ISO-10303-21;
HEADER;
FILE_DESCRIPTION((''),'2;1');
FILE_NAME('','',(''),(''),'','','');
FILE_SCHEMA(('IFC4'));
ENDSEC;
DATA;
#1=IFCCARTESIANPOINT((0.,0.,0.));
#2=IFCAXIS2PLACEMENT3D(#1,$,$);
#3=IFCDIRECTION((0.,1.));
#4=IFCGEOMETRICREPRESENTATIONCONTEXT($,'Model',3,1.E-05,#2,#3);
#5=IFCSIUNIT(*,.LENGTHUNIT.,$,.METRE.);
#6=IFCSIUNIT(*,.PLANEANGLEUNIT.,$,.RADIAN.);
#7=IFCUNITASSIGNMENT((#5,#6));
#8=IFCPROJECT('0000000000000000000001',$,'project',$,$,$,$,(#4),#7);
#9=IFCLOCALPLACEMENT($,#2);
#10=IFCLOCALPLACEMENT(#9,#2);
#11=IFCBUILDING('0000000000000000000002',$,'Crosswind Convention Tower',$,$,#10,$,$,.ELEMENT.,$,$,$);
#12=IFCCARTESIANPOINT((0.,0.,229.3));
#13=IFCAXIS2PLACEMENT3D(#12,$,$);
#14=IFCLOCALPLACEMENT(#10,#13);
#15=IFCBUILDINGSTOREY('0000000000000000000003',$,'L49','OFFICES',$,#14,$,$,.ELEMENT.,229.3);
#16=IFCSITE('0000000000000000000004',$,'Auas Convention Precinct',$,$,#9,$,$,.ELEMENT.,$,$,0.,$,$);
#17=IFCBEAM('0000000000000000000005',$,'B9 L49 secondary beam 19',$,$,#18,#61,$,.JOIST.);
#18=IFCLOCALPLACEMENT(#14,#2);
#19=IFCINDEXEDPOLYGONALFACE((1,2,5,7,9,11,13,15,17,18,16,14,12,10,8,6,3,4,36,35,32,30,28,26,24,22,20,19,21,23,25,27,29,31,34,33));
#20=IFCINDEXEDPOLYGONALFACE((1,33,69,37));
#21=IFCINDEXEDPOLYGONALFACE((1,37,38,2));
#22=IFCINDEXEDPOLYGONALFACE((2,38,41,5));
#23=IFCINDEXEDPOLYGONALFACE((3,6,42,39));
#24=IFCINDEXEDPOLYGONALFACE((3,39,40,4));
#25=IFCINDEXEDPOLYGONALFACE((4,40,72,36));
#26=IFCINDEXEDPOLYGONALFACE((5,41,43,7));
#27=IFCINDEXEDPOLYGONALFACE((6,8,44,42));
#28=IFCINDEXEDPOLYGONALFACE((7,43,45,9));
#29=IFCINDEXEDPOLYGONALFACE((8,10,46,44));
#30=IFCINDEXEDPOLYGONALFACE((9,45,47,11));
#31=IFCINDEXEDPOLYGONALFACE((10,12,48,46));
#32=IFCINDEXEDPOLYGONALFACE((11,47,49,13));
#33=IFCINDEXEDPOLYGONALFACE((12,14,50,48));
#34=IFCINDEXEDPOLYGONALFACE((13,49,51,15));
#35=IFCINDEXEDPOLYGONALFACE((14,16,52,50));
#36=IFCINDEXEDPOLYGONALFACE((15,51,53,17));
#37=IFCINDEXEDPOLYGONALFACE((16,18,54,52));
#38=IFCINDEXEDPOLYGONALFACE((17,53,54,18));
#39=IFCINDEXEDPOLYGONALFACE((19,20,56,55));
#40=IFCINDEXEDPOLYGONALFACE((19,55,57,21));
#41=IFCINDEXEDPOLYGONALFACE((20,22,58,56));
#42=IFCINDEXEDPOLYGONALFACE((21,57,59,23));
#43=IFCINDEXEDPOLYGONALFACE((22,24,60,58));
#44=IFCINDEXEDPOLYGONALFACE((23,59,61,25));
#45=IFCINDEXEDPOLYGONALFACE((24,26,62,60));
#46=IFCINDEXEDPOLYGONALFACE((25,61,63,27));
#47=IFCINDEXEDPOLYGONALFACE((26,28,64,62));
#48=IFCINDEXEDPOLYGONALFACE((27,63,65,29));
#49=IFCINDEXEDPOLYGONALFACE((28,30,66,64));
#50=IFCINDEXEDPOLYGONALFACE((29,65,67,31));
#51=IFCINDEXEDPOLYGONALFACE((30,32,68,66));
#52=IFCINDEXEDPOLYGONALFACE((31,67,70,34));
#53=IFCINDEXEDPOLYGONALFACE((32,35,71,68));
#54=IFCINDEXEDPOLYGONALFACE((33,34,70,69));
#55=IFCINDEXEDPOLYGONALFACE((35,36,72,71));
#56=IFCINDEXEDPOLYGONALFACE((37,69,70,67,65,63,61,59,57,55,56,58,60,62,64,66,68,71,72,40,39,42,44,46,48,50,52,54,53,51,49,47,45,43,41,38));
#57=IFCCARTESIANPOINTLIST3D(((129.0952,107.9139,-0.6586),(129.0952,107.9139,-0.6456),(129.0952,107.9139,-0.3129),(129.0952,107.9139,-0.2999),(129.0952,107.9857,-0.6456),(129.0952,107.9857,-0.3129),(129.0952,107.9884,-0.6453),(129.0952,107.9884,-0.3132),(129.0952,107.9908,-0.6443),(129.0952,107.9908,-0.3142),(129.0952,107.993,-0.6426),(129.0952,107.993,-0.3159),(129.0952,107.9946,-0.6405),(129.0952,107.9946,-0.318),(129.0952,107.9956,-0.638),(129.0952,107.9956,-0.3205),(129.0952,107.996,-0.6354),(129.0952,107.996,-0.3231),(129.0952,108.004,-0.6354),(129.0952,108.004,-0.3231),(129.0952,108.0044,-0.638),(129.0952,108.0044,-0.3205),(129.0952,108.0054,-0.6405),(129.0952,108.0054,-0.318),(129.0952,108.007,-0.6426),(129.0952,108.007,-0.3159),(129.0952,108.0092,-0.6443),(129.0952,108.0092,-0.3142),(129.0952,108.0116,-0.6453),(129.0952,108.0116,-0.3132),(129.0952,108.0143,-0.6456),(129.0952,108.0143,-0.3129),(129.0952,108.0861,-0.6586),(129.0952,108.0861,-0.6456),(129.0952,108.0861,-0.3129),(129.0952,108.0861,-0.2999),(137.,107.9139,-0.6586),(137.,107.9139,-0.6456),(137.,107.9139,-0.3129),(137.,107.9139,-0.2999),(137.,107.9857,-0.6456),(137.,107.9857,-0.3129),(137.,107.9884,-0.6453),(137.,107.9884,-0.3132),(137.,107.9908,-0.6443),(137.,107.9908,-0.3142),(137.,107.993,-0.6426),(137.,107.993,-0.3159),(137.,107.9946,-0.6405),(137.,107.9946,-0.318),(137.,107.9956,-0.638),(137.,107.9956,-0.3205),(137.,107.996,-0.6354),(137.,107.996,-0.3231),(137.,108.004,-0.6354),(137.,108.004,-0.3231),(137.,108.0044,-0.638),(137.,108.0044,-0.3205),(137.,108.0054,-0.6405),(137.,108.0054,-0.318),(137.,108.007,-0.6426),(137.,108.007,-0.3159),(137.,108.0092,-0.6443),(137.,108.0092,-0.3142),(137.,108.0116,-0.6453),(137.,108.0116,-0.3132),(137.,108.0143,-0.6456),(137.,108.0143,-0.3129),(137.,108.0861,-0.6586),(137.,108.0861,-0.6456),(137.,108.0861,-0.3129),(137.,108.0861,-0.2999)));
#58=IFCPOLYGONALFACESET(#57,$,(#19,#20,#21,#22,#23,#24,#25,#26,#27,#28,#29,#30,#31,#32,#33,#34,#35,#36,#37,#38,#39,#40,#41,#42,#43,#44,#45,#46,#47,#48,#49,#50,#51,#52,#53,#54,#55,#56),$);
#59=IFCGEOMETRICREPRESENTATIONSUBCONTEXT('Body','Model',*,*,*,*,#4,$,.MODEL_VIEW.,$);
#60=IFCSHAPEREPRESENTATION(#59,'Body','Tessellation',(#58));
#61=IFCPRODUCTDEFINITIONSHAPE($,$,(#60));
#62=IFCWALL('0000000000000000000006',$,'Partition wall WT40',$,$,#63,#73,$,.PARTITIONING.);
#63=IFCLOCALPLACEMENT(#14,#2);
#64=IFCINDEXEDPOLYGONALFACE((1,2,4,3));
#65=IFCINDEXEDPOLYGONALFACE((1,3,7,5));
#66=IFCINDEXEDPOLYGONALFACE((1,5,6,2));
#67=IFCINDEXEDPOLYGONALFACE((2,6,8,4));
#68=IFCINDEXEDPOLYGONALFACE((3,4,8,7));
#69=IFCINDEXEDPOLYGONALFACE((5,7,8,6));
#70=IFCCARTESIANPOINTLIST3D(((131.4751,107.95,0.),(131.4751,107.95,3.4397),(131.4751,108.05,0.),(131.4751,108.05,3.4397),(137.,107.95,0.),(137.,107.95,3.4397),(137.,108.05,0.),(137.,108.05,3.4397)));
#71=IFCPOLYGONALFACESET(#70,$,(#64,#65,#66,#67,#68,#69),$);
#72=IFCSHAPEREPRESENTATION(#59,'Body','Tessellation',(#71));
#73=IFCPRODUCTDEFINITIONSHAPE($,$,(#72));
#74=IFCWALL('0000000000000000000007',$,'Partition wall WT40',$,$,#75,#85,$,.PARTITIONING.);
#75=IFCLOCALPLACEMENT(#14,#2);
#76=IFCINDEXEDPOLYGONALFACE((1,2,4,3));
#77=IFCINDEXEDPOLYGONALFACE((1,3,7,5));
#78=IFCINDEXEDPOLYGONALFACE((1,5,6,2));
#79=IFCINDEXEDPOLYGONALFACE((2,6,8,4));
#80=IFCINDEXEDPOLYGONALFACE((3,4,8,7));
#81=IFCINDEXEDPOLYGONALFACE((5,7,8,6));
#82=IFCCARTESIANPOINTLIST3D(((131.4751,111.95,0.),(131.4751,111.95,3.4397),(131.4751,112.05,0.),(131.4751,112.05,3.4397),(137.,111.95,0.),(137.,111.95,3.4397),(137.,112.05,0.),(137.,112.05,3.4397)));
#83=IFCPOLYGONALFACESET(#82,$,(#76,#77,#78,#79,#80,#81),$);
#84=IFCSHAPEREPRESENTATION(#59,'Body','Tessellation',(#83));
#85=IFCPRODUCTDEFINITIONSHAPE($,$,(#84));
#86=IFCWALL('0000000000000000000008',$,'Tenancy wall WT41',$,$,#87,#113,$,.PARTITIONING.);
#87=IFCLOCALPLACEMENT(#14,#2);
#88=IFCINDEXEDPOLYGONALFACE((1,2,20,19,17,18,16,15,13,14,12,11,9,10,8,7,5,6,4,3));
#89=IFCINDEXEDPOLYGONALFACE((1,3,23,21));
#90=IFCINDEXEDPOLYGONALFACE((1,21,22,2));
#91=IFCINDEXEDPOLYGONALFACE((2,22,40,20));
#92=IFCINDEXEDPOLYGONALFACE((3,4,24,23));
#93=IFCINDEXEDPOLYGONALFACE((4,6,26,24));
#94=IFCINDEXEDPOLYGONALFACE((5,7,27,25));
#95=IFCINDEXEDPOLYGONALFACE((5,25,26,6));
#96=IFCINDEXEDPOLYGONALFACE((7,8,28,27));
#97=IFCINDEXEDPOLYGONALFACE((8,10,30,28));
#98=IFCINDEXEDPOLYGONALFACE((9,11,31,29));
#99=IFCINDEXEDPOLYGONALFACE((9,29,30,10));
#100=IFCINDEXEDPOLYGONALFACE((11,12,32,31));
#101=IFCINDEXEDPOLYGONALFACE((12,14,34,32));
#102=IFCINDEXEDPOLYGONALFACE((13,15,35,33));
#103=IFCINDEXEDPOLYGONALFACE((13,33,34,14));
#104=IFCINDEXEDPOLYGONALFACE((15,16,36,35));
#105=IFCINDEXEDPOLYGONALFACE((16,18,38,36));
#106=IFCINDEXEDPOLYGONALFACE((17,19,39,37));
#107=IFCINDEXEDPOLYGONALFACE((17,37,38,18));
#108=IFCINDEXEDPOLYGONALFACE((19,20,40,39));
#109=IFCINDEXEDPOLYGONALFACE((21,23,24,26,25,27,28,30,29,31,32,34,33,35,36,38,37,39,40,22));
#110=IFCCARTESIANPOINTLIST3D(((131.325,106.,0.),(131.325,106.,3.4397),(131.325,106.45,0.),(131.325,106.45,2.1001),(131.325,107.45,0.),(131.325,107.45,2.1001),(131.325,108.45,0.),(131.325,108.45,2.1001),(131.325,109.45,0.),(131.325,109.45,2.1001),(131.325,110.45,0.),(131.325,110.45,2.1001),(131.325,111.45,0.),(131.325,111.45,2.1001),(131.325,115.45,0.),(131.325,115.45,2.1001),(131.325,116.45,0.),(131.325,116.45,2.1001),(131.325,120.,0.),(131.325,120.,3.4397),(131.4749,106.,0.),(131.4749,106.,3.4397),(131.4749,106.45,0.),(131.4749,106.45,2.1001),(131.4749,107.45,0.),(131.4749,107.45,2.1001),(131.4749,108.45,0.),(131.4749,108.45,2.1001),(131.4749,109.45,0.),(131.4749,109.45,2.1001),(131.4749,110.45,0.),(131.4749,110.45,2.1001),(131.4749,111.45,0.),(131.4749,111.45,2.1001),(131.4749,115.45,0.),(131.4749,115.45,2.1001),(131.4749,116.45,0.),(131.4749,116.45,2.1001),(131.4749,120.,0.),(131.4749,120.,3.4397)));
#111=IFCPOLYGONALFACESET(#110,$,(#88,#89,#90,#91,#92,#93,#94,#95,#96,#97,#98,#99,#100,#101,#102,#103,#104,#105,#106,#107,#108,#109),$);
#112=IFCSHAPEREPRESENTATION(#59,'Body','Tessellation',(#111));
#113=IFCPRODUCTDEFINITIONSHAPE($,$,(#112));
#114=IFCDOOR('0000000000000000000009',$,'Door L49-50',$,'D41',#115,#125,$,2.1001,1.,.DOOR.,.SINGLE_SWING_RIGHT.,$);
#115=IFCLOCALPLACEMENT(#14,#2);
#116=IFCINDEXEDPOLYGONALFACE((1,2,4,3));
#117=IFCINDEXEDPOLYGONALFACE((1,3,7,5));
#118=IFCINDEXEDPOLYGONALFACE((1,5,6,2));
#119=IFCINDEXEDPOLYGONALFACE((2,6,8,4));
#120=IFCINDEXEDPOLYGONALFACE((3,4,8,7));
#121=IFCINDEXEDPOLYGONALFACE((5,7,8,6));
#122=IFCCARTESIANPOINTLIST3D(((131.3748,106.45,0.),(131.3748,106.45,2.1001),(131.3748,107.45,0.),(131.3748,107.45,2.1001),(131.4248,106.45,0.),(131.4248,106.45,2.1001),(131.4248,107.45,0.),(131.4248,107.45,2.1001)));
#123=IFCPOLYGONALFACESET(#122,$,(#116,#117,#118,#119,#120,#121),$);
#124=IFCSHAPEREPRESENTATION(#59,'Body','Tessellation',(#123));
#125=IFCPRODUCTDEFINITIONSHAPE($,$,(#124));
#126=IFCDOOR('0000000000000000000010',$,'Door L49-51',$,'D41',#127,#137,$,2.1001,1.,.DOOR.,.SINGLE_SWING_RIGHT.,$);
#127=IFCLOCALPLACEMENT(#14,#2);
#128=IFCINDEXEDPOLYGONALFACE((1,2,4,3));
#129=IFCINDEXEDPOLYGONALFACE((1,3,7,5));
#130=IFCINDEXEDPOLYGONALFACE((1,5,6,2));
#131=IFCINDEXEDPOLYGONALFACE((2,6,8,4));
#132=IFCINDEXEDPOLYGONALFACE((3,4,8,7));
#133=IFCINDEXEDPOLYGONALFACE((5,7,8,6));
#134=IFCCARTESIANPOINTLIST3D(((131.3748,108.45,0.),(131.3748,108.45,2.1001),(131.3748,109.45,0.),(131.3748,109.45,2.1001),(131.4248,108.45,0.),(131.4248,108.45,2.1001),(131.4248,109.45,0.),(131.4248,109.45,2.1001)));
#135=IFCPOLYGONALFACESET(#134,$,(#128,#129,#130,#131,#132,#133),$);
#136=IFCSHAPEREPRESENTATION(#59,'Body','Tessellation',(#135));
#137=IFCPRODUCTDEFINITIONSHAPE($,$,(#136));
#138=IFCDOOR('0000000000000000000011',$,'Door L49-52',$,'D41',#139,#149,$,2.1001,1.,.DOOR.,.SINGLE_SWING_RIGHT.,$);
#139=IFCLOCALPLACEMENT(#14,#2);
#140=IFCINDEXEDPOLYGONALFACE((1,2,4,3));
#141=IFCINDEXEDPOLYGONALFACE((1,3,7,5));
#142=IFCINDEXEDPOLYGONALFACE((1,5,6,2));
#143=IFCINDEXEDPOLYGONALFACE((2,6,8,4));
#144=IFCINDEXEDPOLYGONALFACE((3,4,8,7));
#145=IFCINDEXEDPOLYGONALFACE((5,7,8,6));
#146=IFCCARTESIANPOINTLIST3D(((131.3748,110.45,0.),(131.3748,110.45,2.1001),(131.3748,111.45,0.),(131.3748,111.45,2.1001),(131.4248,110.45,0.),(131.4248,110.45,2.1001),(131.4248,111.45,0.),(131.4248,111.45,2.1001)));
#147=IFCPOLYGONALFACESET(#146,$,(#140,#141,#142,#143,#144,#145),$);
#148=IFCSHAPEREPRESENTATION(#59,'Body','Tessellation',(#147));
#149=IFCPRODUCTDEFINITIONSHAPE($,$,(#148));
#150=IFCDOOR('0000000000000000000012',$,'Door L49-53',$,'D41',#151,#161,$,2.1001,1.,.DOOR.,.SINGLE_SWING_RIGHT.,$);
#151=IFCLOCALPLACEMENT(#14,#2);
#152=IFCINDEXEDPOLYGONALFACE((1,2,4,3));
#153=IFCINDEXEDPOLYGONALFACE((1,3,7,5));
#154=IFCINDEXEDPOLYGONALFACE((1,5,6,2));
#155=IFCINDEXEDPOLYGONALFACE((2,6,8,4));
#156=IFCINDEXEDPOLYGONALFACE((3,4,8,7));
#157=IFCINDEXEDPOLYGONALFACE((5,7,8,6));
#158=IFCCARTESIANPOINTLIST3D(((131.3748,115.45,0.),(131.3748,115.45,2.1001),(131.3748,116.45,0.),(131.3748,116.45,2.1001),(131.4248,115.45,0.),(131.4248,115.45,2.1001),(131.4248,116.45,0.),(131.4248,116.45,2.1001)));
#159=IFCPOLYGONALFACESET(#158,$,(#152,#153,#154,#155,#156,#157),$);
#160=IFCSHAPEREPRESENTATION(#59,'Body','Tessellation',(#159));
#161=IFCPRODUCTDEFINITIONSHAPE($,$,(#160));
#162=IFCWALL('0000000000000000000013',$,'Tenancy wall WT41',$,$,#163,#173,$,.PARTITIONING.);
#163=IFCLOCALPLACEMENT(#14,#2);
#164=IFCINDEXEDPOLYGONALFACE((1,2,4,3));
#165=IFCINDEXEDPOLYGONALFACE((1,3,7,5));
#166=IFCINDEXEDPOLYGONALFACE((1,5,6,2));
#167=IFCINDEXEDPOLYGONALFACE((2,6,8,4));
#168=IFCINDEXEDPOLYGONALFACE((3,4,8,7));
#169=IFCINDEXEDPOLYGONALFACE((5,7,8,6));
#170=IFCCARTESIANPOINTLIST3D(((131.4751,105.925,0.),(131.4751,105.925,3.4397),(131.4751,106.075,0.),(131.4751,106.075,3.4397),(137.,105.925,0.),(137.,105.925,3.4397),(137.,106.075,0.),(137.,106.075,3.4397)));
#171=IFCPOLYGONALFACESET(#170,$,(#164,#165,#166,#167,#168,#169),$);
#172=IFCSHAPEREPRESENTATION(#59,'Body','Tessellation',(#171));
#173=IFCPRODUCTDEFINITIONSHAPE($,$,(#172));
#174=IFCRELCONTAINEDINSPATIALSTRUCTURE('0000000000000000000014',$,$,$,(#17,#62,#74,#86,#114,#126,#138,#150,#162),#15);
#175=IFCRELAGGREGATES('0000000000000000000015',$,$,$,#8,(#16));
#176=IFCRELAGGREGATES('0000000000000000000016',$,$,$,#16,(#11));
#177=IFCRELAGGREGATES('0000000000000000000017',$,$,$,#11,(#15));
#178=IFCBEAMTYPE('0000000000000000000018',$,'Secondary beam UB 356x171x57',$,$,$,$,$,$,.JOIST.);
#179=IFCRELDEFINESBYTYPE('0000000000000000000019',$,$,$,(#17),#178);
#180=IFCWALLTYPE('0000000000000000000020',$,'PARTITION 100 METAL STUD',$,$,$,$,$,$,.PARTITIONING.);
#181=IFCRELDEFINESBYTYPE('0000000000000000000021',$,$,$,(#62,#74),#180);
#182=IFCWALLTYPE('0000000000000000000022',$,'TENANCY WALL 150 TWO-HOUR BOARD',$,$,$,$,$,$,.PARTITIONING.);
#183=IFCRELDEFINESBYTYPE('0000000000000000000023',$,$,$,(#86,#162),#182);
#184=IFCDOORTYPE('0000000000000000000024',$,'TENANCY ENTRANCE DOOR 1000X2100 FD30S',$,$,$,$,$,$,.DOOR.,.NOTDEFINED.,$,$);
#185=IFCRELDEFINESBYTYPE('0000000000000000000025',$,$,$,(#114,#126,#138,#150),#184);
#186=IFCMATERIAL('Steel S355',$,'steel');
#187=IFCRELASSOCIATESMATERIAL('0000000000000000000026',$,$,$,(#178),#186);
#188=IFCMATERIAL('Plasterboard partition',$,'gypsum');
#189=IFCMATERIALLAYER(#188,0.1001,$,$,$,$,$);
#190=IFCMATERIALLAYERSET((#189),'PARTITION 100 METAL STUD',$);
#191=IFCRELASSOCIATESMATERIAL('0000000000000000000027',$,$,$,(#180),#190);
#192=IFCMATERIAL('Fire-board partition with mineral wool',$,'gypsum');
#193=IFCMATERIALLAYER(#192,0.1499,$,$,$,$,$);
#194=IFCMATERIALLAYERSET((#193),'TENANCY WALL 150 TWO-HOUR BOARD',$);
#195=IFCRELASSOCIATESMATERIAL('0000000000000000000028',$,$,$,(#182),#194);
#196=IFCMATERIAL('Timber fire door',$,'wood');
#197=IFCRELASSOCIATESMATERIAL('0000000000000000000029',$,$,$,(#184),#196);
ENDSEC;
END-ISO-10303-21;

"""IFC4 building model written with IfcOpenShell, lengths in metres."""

from ifc_helpers import new_model, si_unit, direction, frame, frame_2d, origin, origin_2d, place, context, subcontext, project, spatial, rectangle, i_section, extrude, material, layer, layer_set, material_profile, profile_set, type_object, element, fill, save


model = new_model("IFC4")

# Units and contexts
model_context = context("Model", 3, precision=1e-05, world=origin(), true_north=direction((0.0, 1.0)))
body_context = subcontext(model_context, "Body", "Model", "MODEL_VIEW")
ifc_project = project(units=[si_unit("LENGTHUNIT", "METRE"), si_unit("PLANEANGLEUNIT", "RADIAN")], contexts=[model_context])

# Site, building, storey
site_placement = place(None, origin())
site = spatial("IfcSite", under=ifc_project, at=site_placement, Name="Auas Convention Precinct", CompositionType="ELEMENT", RefElevation=0.0)
building_placement = place(site_placement, origin())
building = spatial("IfcBuilding", under=site, at=building_placement, Name="Crosswind Convention Tower", CompositionType="ELEMENT")
storey_placement = place(building_placement, frame((0.0, 0.0, 229.3)))
storey = spatial("IfcBuildingStorey", under=building, at=storey_placement, Name="L49", Description="OFFICES", CompositionType="ELEMENT", Elevation=229.3)

# Beam
ifc_material_1 = material(Name="Steel S355", Category="steel")
ifc_material_profile_1 = material_profile(ifc_material_1, i_section(OverallWidth=0.1721, OverallDepth=0.3586, WebThickness=0.0081, FlangeThickness=0.0129, FilletRadius=0.0103, at=origin_2d()), Name="UB 356x171x57")
ifc_profile_set_1 = profile_set([ifc_material_profile_1], Name="Steel S355")
beam_type_1 = type_object("IfcBeamType", Name="Secondary beam UB 356x171x57", PredefinedType="JOIST", material=ifc_profile_set_1)
beam_1_placement = place(storey_placement, frame((129.0952, 108.0, -0.4792), z_axis=(1.0, 0.0, 0.0), x_axis=(0.0, 1.0, 0.0)))
element("IfcBeam", 1, at=beam_1_placement, inside=storey, type_object=beam_type_1, Name="B9 L49 secondary beam 19", PredefinedType="JOIST", context=body_context, shape_type="SweptSolid", body=[
    extrude(i_section(OverallWidth=0.1721, OverallDepth=0.3586, WebThickness=0.0081, FlangeThickness=0.0129, FilletRadius=0.0103, at=origin_2d()), origin(), (0.0, 0.0, 1.0), 7.9048),
])

# Walls
ifc_material_2 = material(Name="Plasterboard partition", Category="gypsum")
ifc_layer_1 = layer(ifc_material_2, 0.1001)
ifc_layer_set_1 = layer_set([ifc_layer_1], Name="PARTITION 100 METAL STUD")
wall_type_1 = type_object("IfcWallType", Name="PARTITION 100 METAL STUD", PredefinedType="PARTITIONING", material=ifc_layer_set_1)
for number, where, z_axis, x_axis, name in (
    (2, (131.4751, 108.0, 0.0), (0.0, 0.0, 1.0), (1.0, 0.0, 0.0), "Partition wall WT40"),
    (3, (131.4751, 112.0, 0.0), (0.0, 0.0, 1.0), (1.0, 0.0, 0.0), "Partition wall WT40"),
):
    element("IfcWall", number, at=place(storey_placement, frame(where, z_axis=z_axis, x_axis=x_axis)), inside=storey, type_object=wall_type_1, Name=name, PredefinedType="PARTITIONING", context=body_context, shape_type="SweptSolid", body=[
        extrude(rectangle(XDim=5.5249, YDim=0.1001, at=frame_2d((2.7625, 0.0))), origin(), (0.0, 0.0, 1.0), 3.4397),
    ])

# Wall, openings, doors
ifc_material_3 = material(Name="Fire-board partition with mineral wool", Category="gypsum")
ifc_layer_2 = layer(ifc_material_3, 0.1499)
ifc_layer_set_2 = layer_set([ifc_layer_2], Name="TENANCY WALL 150 TWO-HOUR BOARD")
wall_type_2 = type_object("IfcWallType", Name="TENANCY WALL 150 TWO-HOUR BOARD", PredefinedType="PARTITIONING", material=ifc_layer_set_2)
wall_1_placement = place(storey_placement, frame((131.3999, 106.0, 0.0), z_axis=(0.0, 0.0, 1.0), x_axis=(0.0, 1.0, 0.0)))
wall_1 = element("IfcWall", 4, at=wall_1_placement, inside=storey, type_object=wall_type_2, Name="Tenancy wall WT41", PredefinedType="PARTITIONING", context=body_context, shape_type="SweptSolid", body=[
    extrude(rectangle(XDim=14.0, YDim=0.1499, at=frame_2d((7.0, 0.0))), origin(), (0.0, 0.0, 1.0), 3.4397),
])
opening_1_placement = place(wall_1_placement, frame((0.45, 0.0, 0.0)))
opening_1 = element("IfcOpeningElement", 5, at=opening_1_placement, cuts=wall_1, PredefinedType="OPENING", context=body_context, shape_type="SweptSolid", body=[
    extrude(rectangle(XDim=1.0, YDim=2.1001, at=frame_2d((0.5, 1.05))), frame((0.0, 0.085, 0.0), z_axis=(0.0, -1.0, 0.0), x_axis=(1.0, 0.0, 0.0)), (0.0, 0.0, 1.0), 0.1699),
])
opening_2_placement = place(wall_1_placement, frame((2.45, 0.0, 0.0)))
opening_2 = element("IfcOpeningElement", 6, at=opening_2_placement, cuts=wall_1, PredefinedType="OPENING", context=body_context, shape_type="SweptSolid", body=[
    extrude(rectangle(XDim=1.0, YDim=2.1001, at=frame_2d((0.5, 1.05))), frame((0.0, 0.085, 0.0), z_axis=(0.0, -1.0, 0.0), x_axis=(1.0, 0.0, 0.0)), (0.0, 0.0, 1.0), 0.1699),
])
opening_3_placement = place(wall_1_placement, frame((4.45, 0.0, 0.0)))
opening_3 = element("IfcOpeningElement", 7, at=opening_3_placement, cuts=wall_1, PredefinedType="OPENING", context=body_context, shape_type="SweptSolid", body=[
    extrude(rectangle(XDim=1.0, YDim=2.1001, at=frame_2d((0.5, 1.05))), frame((0.0, 0.085, 0.0), z_axis=(0.0, -1.0, 0.0), x_axis=(1.0, 0.0, 0.0)), (0.0, 0.0, 1.0), 0.1699),
])
opening_4_placement = place(wall_1_placement, frame((9.45, 0.0, 0.0)))
opening_4 = element("IfcOpeningElement", 8, at=opening_4_placement, cuts=wall_1, PredefinedType="OPENING", context=body_context, shape_type="SweptSolid", body=[
    extrude(rectangle(XDim=1.0, YDim=2.1001, at=frame_2d((0.5, 1.05))), frame((0.0, 0.085, 0.0), z_axis=(0.0, -1.0, 0.0), x_axis=(1.0, 0.0, 0.0)), (0.0, 0.0, 1.0), 0.1699),
])
ifc_material_4 = material(Name="Timber fire door", Category="wood")
door_type = type_object("IfcDoorType", Name="TENANCY ENTRANCE DOOR 1000X2100 FD30S", OperationType="NOTDEFINED", PredefinedType="DOOR", material=ifc_material_4)
door_1_placement = place(opening_1_placement, frame((1.0, 0.0, 0.0), z_axis=(0.0, 0.0, 1.0), x_axis=(-1.0, 0.0, 0.0)))
door_1 = element("IfcDoor", 9, at=door_1_placement, inside=storey, type_object=door_type, Name="Door L49-50", ObjectType="D41", OperationType="SINGLE_SWING_RIGHT", OverallHeight=2.1001, OverallWidth=1.0, PredefinedType="DOOR", context=body_context, shape_type="SweptSolid", body=[
    extrude(rectangle(XDim=1.0, YDim=2.1001, at=frame_2d((0.5, 1.05))), frame((0.0, 0.0249, 0.0), z_axis=(0.0, -1.0, 0.0), x_axis=(1.0, 0.0, 0.0)), (0.0, 0.0, 1.0), 0.05),
])
fill(opening_1, door_1)
door_2_placement = place(opening_2_placement, frame((1.0, 0.0, 0.0), z_axis=(0.0, 0.0, 1.0), x_axis=(-1.0, 0.0, 0.0)))
door_2 = element("IfcDoor", 10, at=door_2_placement, inside=storey, type_object=door_type, Name="Door L49-51", ObjectType="D41", OperationType="SINGLE_SWING_RIGHT", OverallHeight=2.1001, OverallWidth=1.0, PredefinedType="DOOR", context=body_context, shape_type="SweptSolid", body=[
    extrude(rectangle(XDim=1.0, YDim=2.1001, at=frame_2d((0.5, 1.05))), frame((0.0, 0.0249, 0.0), z_axis=(0.0, -1.0, 0.0), x_axis=(1.0, 0.0, 0.0)), (0.0, 0.0, 1.0), 0.05),
])
fill(opening_2, door_2)
door_3_placement = place(opening_3_placement, frame((1.0, 0.0, 0.0), z_axis=(0.0, 0.0, 1.0), x_axis=(-1.0, 0.0, 0.0)))
door_3 = element("IfcDoor", 11, at=door_3_placement, inside=storey, type_object=door_type, Name="Door L49-52", ObjectType="D41", OperationType="SINGLE_SWING_RIGHT", OverallHeight=2.1001, OverallWidth=1.0, PredefinedType="DOOR", context=body_context, shape_type="SweptSolid", body=[
    extrude(rectangle(XDim=1.0, YDim=2.1001, at=frame_2d((0.5, 1.05))), frame((0.0, 0.0249, 0.0), z_axis=(0.0, -1.0, 0.0), x_axis=(1.0, 0.0, 0.0)), (0.0, 0.0, 1.0), 0.05),
])
fill(opening_3, door_3)
door_4_placement = place(opening_4_placement, frame((1.0, 0.0, 0.0), z_axis=(0.0, 0.0, 1.0), x_axis=(-1.0, 0.0, 0.0)))
door_4 = element("IfcDoor", 12, at=door_4_placement, inside=storey, type_object=door_type, Name="Door L49-53", ObjectType="D41", OperationType="SINGLE_SWING_RIGHT", OverallHeight=2.1001, OverallWidth=1.0, PredefinedType="DOOR", context=body_context, shape_type="SweptSolid", body=[
    extrude(rectangle(XDim=1.0, YDim=2.1001, at=frame_2d((0.5, 1.05))), frame((0.0, 0.0249, 0.0), z_axis=(0.0, -1.0, 0.0), x_axis=(1.0, 0.0, 0.0)), (0.0, 0.0, 1.0), 0.05),
])
fill(opening_4, door_4)

# Wall
for number, where, z_axis, x_axis, name in (
    (13, (131.4751, 106.0, 0.0), (0.0, 0.0, 1.0), (1.0, 0.0, 0.0), "Tenancy wall WT41"),
):
    element("IfcWall", number, at=place(storey_placement, frame(where, z_axis=z_axis, x_axis=x_axis)), inside=storey, type_object=wall_type_2, Name=name, PredefinedType="PARTITIONING", context=body_context, shape_type="SweptSolid", body=[
        extrude(rectangle(XDim=5.5249, YDim=0.1499, at=frame_2d((2.7625, 0.0))), origin(), (0.0, 0.0, 1.0), 3.4397),
    ])

save(model, "model.ifc")
